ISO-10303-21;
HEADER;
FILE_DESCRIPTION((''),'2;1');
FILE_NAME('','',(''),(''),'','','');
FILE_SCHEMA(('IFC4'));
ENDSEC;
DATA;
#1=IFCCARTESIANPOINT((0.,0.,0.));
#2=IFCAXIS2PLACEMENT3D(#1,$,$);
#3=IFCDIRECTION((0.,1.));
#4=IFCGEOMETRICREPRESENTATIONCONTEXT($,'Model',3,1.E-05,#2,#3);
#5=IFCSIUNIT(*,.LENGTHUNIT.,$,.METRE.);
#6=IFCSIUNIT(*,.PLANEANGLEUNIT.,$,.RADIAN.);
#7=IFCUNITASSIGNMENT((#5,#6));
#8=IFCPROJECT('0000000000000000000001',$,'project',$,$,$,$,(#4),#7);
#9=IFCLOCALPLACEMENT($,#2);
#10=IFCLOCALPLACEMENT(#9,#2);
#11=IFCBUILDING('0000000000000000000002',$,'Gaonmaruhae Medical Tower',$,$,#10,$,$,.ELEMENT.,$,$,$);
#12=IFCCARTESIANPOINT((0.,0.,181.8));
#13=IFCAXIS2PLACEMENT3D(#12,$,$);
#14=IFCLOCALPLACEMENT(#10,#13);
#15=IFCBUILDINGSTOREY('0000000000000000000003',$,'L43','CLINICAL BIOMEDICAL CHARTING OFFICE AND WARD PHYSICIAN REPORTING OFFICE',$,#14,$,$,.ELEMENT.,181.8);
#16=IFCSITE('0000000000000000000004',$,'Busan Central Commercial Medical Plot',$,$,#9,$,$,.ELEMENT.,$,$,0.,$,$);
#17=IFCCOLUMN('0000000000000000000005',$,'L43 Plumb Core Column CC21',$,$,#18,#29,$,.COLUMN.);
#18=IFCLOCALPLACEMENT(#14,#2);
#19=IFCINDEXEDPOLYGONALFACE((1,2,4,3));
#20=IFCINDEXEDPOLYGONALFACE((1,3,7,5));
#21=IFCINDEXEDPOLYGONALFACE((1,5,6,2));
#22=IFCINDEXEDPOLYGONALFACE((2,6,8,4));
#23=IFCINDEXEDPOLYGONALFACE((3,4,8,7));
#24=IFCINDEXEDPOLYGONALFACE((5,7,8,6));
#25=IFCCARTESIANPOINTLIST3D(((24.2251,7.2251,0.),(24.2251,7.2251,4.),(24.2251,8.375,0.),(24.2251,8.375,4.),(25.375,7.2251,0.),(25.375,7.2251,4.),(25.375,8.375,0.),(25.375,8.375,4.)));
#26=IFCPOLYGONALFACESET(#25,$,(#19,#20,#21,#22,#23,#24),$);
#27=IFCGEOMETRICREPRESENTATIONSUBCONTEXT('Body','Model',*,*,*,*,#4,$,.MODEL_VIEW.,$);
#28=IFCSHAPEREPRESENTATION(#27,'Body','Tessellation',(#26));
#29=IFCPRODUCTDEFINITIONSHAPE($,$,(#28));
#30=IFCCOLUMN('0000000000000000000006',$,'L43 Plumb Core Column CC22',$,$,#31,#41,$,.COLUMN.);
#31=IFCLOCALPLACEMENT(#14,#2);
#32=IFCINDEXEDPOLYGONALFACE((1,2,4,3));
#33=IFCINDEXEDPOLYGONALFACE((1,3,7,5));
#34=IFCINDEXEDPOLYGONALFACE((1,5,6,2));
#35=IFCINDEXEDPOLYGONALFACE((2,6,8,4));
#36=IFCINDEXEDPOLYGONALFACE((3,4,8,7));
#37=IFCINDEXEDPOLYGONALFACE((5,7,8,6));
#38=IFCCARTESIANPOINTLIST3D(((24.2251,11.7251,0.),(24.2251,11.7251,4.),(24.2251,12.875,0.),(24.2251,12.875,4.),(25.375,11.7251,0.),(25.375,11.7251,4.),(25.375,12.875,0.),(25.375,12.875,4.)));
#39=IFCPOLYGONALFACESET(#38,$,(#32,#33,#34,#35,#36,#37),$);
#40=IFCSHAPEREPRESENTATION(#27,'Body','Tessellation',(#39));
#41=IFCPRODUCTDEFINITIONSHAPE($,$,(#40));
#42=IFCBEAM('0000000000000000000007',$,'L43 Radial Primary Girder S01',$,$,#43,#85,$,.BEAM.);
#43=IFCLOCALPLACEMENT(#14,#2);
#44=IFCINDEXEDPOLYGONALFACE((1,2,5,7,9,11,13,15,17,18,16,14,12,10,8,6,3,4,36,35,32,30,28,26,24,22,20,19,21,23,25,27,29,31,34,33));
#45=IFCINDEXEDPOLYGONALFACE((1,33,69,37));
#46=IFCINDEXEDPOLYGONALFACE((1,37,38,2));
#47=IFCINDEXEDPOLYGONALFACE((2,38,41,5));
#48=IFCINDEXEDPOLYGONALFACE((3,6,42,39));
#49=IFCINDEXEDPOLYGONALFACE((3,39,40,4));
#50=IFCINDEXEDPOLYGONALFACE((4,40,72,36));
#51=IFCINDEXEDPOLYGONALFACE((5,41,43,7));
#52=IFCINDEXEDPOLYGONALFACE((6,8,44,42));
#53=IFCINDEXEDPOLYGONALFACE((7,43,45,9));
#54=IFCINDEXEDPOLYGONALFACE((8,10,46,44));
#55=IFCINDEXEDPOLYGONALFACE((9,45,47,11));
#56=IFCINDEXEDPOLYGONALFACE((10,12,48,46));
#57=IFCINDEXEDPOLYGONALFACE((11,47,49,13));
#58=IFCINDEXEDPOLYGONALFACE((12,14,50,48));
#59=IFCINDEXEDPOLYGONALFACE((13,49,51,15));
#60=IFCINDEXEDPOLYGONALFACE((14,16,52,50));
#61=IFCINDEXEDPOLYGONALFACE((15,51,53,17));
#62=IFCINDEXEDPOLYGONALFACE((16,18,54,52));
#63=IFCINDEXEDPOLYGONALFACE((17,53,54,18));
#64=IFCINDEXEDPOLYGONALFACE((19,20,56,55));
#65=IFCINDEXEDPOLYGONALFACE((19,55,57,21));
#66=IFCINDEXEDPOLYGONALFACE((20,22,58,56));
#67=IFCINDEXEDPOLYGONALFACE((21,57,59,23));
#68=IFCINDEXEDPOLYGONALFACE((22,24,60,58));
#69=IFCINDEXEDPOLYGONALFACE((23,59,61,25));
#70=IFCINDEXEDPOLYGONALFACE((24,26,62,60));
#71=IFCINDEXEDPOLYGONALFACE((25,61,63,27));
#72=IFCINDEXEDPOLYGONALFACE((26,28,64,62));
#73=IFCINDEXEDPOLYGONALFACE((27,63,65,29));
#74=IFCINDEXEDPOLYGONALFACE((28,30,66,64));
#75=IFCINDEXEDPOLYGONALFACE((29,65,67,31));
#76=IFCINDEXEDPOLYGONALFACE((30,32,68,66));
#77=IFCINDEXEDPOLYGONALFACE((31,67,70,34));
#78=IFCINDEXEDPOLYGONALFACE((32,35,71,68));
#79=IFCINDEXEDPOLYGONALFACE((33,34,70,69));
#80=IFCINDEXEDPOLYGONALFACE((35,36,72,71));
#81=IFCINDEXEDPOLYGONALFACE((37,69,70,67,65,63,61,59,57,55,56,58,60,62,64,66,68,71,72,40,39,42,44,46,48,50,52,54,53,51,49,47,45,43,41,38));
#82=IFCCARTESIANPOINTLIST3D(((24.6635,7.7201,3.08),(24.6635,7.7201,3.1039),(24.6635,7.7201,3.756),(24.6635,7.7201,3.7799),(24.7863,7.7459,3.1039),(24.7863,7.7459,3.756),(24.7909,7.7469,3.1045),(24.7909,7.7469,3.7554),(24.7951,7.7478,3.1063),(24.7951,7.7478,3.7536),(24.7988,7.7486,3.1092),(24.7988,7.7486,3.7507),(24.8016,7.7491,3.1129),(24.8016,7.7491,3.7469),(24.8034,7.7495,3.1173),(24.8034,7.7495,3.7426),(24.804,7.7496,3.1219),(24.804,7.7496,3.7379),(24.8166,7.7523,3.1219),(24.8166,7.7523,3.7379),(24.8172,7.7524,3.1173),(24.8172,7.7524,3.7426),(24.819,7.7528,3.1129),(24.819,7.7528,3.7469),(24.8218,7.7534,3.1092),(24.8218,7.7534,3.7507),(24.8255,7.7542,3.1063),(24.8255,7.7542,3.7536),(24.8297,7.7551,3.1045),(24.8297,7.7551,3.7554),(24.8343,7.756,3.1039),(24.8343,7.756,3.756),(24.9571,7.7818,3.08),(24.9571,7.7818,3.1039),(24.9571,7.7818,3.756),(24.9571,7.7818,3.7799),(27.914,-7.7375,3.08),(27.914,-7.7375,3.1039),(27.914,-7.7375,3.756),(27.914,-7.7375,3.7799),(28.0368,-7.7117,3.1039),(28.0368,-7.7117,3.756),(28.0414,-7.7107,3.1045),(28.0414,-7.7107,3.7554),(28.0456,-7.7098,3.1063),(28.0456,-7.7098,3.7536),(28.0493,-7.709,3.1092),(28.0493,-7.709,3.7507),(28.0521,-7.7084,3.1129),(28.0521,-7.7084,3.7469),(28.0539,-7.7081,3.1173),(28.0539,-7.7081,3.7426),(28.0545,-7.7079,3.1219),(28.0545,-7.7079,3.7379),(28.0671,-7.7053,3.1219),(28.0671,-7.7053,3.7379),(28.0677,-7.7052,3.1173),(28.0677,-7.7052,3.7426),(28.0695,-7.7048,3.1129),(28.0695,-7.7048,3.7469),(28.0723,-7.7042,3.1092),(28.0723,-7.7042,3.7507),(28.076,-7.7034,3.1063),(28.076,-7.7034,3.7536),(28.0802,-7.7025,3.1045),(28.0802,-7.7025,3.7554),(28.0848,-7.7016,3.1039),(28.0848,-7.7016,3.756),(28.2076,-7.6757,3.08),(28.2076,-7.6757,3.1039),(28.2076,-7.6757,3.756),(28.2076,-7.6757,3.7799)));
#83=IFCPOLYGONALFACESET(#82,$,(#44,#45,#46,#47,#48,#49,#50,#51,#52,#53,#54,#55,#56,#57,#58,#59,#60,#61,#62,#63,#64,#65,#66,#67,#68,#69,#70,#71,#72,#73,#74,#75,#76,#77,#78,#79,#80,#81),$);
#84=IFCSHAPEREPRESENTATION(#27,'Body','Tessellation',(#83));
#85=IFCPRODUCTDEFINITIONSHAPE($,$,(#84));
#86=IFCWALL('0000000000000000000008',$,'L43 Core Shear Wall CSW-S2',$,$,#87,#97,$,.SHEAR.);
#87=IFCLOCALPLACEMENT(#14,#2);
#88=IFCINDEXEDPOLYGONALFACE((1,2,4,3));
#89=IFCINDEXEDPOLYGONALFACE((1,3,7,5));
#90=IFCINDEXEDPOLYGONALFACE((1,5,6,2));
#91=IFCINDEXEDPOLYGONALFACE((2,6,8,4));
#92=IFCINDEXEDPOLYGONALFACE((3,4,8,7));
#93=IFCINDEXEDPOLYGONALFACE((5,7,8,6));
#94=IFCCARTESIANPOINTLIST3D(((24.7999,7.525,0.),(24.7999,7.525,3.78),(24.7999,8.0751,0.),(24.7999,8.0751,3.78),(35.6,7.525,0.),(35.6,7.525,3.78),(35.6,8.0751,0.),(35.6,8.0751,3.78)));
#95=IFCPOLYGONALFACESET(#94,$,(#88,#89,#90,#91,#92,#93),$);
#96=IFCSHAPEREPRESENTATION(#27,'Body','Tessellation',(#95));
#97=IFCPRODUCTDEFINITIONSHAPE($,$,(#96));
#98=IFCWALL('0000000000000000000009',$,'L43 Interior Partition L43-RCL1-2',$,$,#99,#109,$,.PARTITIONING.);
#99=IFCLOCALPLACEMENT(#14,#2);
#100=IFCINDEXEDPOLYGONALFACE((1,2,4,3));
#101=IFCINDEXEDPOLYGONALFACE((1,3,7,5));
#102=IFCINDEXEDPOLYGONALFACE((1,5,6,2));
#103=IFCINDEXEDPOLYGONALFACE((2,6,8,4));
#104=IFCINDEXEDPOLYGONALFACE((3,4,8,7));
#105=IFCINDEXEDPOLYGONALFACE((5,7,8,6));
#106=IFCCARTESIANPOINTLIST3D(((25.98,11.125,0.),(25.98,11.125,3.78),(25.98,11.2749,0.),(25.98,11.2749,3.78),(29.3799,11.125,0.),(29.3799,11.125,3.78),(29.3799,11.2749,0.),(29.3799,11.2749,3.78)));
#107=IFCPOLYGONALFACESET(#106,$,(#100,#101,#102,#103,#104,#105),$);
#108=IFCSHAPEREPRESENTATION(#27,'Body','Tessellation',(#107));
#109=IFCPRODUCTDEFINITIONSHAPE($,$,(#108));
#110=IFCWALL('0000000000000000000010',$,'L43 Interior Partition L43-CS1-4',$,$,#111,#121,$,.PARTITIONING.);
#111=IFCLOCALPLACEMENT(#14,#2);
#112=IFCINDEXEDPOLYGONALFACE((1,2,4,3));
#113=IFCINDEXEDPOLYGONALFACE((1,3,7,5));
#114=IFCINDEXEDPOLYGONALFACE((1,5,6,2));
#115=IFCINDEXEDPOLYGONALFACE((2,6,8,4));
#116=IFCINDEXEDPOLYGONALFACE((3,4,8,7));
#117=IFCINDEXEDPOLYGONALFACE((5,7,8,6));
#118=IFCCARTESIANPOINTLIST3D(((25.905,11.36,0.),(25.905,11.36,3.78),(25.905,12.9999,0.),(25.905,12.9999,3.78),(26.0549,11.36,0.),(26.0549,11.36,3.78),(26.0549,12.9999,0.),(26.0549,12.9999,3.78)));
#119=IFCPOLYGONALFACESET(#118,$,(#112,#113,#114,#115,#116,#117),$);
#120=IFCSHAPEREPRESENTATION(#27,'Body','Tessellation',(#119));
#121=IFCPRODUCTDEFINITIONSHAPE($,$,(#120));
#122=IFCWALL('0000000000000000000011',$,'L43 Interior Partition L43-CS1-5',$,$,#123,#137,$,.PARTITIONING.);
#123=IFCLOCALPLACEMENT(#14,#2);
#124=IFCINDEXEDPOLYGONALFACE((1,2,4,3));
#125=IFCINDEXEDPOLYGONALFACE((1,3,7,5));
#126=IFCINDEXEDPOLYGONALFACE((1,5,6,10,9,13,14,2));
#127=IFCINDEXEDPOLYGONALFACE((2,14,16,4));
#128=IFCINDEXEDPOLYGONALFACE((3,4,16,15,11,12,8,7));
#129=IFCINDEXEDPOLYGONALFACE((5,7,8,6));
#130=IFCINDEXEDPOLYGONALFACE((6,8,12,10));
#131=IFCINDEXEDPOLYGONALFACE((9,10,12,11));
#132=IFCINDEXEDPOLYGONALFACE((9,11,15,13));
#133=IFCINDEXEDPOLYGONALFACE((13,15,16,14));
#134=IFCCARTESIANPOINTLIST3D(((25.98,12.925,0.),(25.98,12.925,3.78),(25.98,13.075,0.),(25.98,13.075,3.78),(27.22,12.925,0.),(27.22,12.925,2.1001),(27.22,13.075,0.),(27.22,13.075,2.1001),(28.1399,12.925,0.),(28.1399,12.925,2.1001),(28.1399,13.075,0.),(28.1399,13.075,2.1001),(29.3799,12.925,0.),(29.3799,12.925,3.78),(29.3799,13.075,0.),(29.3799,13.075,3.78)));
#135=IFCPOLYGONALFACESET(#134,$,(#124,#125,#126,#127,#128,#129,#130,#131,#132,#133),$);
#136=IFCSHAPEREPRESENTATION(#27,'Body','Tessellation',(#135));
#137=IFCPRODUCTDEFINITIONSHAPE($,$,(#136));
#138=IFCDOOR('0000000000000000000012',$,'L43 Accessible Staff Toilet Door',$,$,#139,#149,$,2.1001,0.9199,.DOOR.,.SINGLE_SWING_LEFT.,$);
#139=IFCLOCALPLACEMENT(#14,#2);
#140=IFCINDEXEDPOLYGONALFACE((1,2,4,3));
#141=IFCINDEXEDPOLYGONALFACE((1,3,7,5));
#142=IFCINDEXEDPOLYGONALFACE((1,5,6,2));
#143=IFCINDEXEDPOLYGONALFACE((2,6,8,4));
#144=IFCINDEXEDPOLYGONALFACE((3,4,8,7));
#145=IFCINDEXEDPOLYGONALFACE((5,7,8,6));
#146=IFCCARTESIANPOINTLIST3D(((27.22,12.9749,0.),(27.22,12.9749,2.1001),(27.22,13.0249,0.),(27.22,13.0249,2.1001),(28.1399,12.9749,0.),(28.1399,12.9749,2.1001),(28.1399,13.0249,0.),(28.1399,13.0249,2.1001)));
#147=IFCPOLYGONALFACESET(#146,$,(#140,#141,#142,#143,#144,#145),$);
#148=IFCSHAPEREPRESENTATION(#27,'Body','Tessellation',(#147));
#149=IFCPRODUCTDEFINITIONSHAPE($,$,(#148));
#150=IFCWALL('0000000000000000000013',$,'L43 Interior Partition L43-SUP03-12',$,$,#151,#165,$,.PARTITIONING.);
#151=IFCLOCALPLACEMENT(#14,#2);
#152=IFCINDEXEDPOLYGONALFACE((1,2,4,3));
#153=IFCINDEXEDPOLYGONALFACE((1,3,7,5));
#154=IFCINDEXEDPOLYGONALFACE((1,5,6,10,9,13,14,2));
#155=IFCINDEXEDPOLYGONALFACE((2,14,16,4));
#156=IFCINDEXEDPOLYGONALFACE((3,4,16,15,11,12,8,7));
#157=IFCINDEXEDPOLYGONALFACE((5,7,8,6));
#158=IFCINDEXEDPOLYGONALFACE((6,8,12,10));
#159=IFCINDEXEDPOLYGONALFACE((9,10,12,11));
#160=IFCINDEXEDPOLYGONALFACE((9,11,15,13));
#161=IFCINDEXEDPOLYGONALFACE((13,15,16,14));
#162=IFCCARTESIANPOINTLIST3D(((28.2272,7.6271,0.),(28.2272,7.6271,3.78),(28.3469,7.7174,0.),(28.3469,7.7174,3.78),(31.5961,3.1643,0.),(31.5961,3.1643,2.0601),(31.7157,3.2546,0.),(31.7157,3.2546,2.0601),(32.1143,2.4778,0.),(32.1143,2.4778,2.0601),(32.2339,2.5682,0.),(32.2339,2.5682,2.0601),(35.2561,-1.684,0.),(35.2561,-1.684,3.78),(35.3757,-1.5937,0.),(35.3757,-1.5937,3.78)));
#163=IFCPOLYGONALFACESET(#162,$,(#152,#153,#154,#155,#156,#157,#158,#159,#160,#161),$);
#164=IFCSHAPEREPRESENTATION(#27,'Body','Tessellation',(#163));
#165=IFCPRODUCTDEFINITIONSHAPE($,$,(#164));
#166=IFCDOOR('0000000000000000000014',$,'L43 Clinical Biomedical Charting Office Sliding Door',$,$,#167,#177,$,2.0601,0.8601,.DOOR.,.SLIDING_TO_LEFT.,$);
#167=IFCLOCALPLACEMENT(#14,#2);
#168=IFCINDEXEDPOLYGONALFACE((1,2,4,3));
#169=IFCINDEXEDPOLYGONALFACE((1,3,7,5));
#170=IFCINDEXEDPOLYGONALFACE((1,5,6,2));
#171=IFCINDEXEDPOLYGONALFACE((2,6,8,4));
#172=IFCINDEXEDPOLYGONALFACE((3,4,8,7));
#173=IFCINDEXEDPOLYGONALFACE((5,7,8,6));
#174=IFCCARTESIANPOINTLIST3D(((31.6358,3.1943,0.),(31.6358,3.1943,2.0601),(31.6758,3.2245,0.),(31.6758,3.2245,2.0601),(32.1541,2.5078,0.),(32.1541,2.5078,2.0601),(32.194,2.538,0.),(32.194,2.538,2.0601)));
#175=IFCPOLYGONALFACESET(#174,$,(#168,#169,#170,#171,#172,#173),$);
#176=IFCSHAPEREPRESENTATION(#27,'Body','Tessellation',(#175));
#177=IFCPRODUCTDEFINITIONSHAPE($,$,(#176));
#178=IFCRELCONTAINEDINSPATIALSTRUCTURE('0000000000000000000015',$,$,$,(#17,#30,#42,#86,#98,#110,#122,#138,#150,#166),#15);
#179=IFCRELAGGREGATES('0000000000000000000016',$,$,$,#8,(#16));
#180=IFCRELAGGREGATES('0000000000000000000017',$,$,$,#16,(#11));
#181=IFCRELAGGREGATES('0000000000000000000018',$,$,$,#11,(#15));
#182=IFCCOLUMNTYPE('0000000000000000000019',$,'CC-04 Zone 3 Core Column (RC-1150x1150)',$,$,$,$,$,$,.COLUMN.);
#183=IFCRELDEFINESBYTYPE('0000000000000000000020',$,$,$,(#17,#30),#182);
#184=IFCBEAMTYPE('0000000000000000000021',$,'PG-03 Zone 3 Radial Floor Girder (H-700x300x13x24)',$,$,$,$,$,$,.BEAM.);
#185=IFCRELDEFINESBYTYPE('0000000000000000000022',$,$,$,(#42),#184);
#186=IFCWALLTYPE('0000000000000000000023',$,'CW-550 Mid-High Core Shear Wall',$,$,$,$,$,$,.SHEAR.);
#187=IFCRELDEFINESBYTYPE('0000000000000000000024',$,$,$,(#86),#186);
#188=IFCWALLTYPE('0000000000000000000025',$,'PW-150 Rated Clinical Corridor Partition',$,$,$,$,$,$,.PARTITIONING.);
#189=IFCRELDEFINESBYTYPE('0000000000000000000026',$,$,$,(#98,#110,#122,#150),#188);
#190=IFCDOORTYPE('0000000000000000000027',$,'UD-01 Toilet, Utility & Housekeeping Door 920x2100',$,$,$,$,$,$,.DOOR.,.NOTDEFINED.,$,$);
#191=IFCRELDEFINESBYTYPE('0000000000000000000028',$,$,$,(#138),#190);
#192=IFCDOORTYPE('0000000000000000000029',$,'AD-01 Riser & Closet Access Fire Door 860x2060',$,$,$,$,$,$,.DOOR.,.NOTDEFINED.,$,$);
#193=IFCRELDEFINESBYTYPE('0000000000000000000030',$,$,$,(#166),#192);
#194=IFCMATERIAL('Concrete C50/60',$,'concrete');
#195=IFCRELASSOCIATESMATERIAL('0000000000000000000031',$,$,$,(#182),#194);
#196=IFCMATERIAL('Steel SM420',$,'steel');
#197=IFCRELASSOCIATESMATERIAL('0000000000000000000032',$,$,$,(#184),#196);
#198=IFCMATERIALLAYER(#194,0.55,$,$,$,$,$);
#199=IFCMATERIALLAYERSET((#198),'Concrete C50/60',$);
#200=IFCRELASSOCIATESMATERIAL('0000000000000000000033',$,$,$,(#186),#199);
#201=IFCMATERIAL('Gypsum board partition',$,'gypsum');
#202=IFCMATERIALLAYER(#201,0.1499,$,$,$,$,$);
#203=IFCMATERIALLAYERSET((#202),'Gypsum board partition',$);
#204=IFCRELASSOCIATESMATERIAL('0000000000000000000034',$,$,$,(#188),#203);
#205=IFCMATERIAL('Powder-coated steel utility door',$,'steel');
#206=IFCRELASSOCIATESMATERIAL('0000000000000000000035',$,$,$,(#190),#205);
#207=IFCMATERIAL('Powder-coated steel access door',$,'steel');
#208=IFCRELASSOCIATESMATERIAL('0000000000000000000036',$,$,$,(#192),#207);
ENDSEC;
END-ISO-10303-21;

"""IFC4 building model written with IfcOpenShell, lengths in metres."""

from ifc_helpers import new_model, si_unit, direction, frame, frame_2d, origin, origin_2d, place, context, subcontext, project, spatial, rectangle, i_section, extrude, material, layer, layer_set, material_profile, profile_set, type_object, element, fill, save


model = new_model("IFC4")

# Units and contexts
model_context = context("Model", 3, precision=1e-05, world=origin(), true_north=direction((0.0, 1.0)))
body_context = subcontext(model_context, "Body", "Model", "MODEL_VIEW")
ifc_project = project(units=[si_unit("LENGTHUNIT", "METRE"), si_unit("PLANEANGLEUNIT", "RADIAN")], contexts=[model_context])

# Site, building, storey
site_placement = place(None, origin())
site = spatial("IfcSite", under=ifc_project, at=site_placement, Name="Busan Central Commercial Medical Plot", CompositionType="ELEMENT", RefElevation=0.0)
building_placement = place(site_placement, origin())
building = spatial("IfcBuilding", under=site, at=building_placement, Name="Gaonmaruhae Medical Tower", CompositionType="ELEMENT")
storey_placement = place(building_placement, frame((0.0, 0.0, 181.8)))
storey = spatial("IfcBuildingStorey", under=building, at=storey_placement, Name="L43", Description="CLINICAL BIOMEDICAL CHARTING OFFICE AND WARD PHYSICIAN REPORTING OFFICE", CompositionType="ELEMENT", Elevation=181.8)

# Columns
ifc_material_1 = material(Name="Concrete C50/60", Category="concrete")
ifc_material_profile_1 = material_profile(ifc_material_1, rectangle(XDim=1.1499, YDim=1.1499, at=origin_2d()), Name="RC-1150x1150")
ifc_profile_set_1 = profile_set([ifc_material_profile_1], Name="Concrete C50/60")
column_type = type_object("IfcColumnType", Name="CC-04 Zone 3 Core Column (RC-1150x1150)", PredefinedType="COLUMN", material=ifc_profile_set_1)
for number, where, z_axis, x_axis, name in (
    (1, (24.8, 7.8, 0.0), (0.0, 0.0, 1.0), (1.0, 0.0, 0.0), "L43 Plumb Core Column CC21"),
    (2, (24.8, 12.3, 0.0), (0.0, 0.0, 1.0), (1.0, 0.0, 0.0), "L43 Plumb Core Column CC22"),
):
    element("IfcColumn", number, at=place(storey_placement, frame(where, z_axis=z_axis, x_axis=x_axis)), inside=storey, type_object=column_type, Name=name, PredefinedType="COLUMN", context=body_context, shape_type="SweptSolid", body=[
        extrude(rectangle(XDim=1.1499, YDim=1.1499, at=origin_2d()), origin(), (0.0, 0.0, 1.0), 4.0),
    ])

# Beam
ifc_material_2 = material(Name="Steel SM420", Category="steel")
ifc_material_profile_2 = material_profile(ifc_material_2, i_section(OverallWidth=0.3, OverallDepth=0.7, WebThickness=0.0129, FlangeThickness=0.0239, FilletRadius=0.0181, at=origin_2d()), Name="H-700x300x13x24")
ifc_profile_set_2 = profile_set([ifc_material_profile_2], Name="Steel SM420")
beam_type = type_object("IfcBeamType", Name="PG-03 Zone 3 Radial Floor Girder (H-700x300x13x24)", PredefinedType="BEAM", material=ifc_profile_set_2)
beam_placement = place(storey_placement, frame((24.8103, 7.751, 3.4299), z_axis=(0.205785, -0.978597, 0.0), x_axis=(0.978597, 0.205785, 0.0)))
element("IfcBeam", 3, at=beam_placement, inside=storey, type_object=beam_type, Name="L43 Radial Primary Girder S01", PredefinedType="BEAM", context=body_context, shape_type="SweptSolid", body=[
    extrude(i_section(OverallWidth=0.3, OverallDepth=0.7, WebThickness=0.0129, FlangeThickness=0.0239, FilletRadius=0.0181, at=origin_2d()), origin(), (0.0, 0.0, 1.0), 15.7957),
])

# Wall
ifc_layer_1 = layer(ifc_material_1, 0.55)
ifc_layer_set_1 = layer_set([ifc_layer_1], Name="Concrete C50/60")
wall_type_1 = type_object("IfcWallType", Name="CW-550 Mid-High Core Shear Wall", PredefinedType="SHEAR", material=ifc_layer_set_1)
wall_1_placement = place(storey_placement, frame((24.8, 7.8, 0.0), z_axis=(0.0, 0.0, 1.0), x_axis=(1.0, 0.0, 0.0)))
element("IfcWall", 4, at=wall_1_placement, inside=storey, type_object=wall_type_1, Name="L43 Core Shear Wall CSW-S2", PredefinedType="SHEAR", context=body_context, shape_type="SweptSolid", body=[
    extrude(rectangle(XDim=10.8, YDim=0.55, at=frame_2d((5.3999, 0.0))), origin(), (0.0, 0.0, 1.0), 3.78),
])

# Shared definitions
ifc_material_3 = material(Name="Gypsum board partition", Category="gypsum")
ifc_layer_2 = layer(ifc_material_3, 0.1499)
ifc_layer_set_2 = layer_set([ifc_layer_2], Name="Gypsum board partition")
wall_type_2 = type_object("IfcWallType", Name="PW-150 Rated Clinical Corridor Partition", PredefinedType="PARTITIONING", material=ifc_layer_set_2)

# Walls
wall_2_placement = place(storey_placement, frame((25.98, 11.2, 0.0), z_axis=(0.0, 0.0, 1.0), x_axis=(1.0, 0.0, 0.0)))
element("IfcWall", 5, at=wall_2_placement, inside=storey, type_object=wall_type_2, Name="L43 Interior Partition L43-RCL1-2", PredefinedType="PARTITIONING", context=body_context, shape_type="SweptSolid", body=[
    extrude(rectangle(XDim=3.3999, YDim=0.1499, at=frame_2d((1.7, 0.0))), origin(), (0.0, 0.0, 1.0), 3.78),
])
wall_3_placement = place(storey_placement, frame((25.98, 11.3601, 0.0), z_axis=(0.0, 0.0, 1.0), x_axis=(0.0, 1.0, 0.0)))
element("IfcWall", 6, at=wall_3_placement, inside=storey, type_object=wall_type_2, Name="L43 Interior Partition L43-CS1-4", PredefinedType="PARTITIONING", context=body_context, shape_type="SweptSolid", body=[
    extrude(rectangle(XDim=1.6399, YDim=0.1499, at=frame_2d((0.8198, 0.0))), origin(), (0.0, 0.0, 1.0), 3.78),
])

# Walls, openings, doors
wall_4_placement = place(storey_placement, frame((25.98, 13.0, 0.0), z_axis=(0.0, 0.0, 1.0), x_axis=(1.0, 0.0, 0.0)))
wall_4 = element("IfcWall", 7, at=wall_4_placement, inside=storey, type_object=wall_type_2, Name="L43 Interior Partition L43-CS1-5", PredefinedType="PARTITIONING", context=body_context, shape_type="SweptSolid", body=[
    extrude(rectangle(XDim=3.3999, YDim=0.1499, at=frame_2d((1.7, 0.0))), origin(), (0.0, 0.0, 1.0), 3.78),
])
opening_1_placement = place(wall_4_placement, frame((1.24, 0.0, 0.0)))
opening_1 = element("IfcOpeningElement", 8, at=opening_1_placement, cuts=wall_4, PredefinedType="OPENING", context=body_context, shape_type="SweptSolid", body=[
    extrude(rectangle(XDim=0.9199, YDim=2.1001, at=frame_2d((0.46, 1.05))), frame((0.0, 0.085, 0.0), z_axis=(0.0, -1.0, 0.0), x_axis=(1.0, 0.0, 0.0)), (0.0, 0.0, 1.0), 0.1699),
])
ifc_material_4 = material(Name="Powder-coated steel utility door", Category="steel")
door_type_1 = type_object("IfcDoorType", Name="UD-01 Toilet, Utility & Housekeeping Door 920x2100", OperationType="NOTDEFINED", PredefinedType="DOOR", material=ifc_material_4)
door_1_placement = place(opening_1_placement, origin())
door_1 = element("IfcDoor", 9, at=door_1_placement, inside=storey, type_object=door_type_1, Name="L43 Accessible Staff Toilet Door", OperationType="SINGLE_SWING_LEFT", OverallHeight=2.1001, OverallWidth=0.9199, PredefinedType="DOOR", context=body_context, shape_type="SweptSolid", body=[
    extrude(rectangle(XDim=0.9199, YDim=2.1001, at=frame_2d((0.46, 1.05))), frame((0.0, 0.0249, 0.0), z_axis=(0.0, -1.0, 0.0), x_axis=(1.0, 0.0, 0.0)), (0.0, 0.0, 1.0), 0.05),
])
fill(opening_1, door_1)
wall_5_placement = place(storey_placement, frame((28.2871, 7.6721, 0.0), z_axis=(0.0, 0.0, 1.0), x_axis=(0.602495, -0.798123, 0.0)))
wall_5 = element("IfcWall", 10, at=wall_5_placement, inside=storey, type_object=wall_type_2, Name="L43 Interior Partition L43-SUP03-12", PredefinedType="PARTITIONING", context=body_context, shape_type="SweptSolid", body=[
    extrude(rectangle(XDim=11.6663, YDim=0.1499, at=frame_2d((5.833, 0.0))), origin(), (0.0, 0.0, 1.0), 3.78),
])
opening_2_placement = place(wall_5_placement, frame((5.5913, 0.0, 0.0)))
opening_2 = element("IfcOpeningElement", 11, at=opening_2_placement, cuts=wall_5, PredefinedType="OPENING", context=body_context, shape_type="SweptSolid", body=[
    extrude(rectangle(XDim=0.8601, YDim=2.0601, at=frame_2d((0.4302, 1.03))), frame((0.0, 0.085, 0.0), z_axis=(0.0, -1.0, 0.0), x_axis=(1.0, 0.0, 0.0)), (0.0, 0.0, 1.0), 0.1699),
])
ifc_material_5 = material(Name="Powder-coated steel access door", Category="steel")
door_type_2 = type_object("IfcDoorType", Name="AD-01 Riser & Closet Access Fire Door 860x2060", OperationType="NOTDEFINED", PredefinedType="DOOR", material=ifc_material_5)
door_2_placement = place(opening_2_placement, origin())
door_2 = element("IfcDoor", 12, at=door_2_placement, inside=storey, type_object=door_type_2, Name="L43 Clinical Biomedical Charting Office Sliding Door", OperationType="SLIDING_TO_LEFT", OverallHeight=2.0601, OverallWidth=0.8601, PredefinedType="DOOR", context=body_context, shape_type="SweptSolid", body=[
    extrude(rectangle(XDim=0.8601, YDim=2.0601, at=frame_2d((0.4302, 1.03))), frame((0.0, 0.0249, 0.0), z_axis=(0.0, -1.0, 0.0), x_axis=(1.0, 0.0, 0.0)), (0.0, 0.0, 1.0), 0.05),
])
fill(opening_2, door_2)

save(model, "model.ifc")
